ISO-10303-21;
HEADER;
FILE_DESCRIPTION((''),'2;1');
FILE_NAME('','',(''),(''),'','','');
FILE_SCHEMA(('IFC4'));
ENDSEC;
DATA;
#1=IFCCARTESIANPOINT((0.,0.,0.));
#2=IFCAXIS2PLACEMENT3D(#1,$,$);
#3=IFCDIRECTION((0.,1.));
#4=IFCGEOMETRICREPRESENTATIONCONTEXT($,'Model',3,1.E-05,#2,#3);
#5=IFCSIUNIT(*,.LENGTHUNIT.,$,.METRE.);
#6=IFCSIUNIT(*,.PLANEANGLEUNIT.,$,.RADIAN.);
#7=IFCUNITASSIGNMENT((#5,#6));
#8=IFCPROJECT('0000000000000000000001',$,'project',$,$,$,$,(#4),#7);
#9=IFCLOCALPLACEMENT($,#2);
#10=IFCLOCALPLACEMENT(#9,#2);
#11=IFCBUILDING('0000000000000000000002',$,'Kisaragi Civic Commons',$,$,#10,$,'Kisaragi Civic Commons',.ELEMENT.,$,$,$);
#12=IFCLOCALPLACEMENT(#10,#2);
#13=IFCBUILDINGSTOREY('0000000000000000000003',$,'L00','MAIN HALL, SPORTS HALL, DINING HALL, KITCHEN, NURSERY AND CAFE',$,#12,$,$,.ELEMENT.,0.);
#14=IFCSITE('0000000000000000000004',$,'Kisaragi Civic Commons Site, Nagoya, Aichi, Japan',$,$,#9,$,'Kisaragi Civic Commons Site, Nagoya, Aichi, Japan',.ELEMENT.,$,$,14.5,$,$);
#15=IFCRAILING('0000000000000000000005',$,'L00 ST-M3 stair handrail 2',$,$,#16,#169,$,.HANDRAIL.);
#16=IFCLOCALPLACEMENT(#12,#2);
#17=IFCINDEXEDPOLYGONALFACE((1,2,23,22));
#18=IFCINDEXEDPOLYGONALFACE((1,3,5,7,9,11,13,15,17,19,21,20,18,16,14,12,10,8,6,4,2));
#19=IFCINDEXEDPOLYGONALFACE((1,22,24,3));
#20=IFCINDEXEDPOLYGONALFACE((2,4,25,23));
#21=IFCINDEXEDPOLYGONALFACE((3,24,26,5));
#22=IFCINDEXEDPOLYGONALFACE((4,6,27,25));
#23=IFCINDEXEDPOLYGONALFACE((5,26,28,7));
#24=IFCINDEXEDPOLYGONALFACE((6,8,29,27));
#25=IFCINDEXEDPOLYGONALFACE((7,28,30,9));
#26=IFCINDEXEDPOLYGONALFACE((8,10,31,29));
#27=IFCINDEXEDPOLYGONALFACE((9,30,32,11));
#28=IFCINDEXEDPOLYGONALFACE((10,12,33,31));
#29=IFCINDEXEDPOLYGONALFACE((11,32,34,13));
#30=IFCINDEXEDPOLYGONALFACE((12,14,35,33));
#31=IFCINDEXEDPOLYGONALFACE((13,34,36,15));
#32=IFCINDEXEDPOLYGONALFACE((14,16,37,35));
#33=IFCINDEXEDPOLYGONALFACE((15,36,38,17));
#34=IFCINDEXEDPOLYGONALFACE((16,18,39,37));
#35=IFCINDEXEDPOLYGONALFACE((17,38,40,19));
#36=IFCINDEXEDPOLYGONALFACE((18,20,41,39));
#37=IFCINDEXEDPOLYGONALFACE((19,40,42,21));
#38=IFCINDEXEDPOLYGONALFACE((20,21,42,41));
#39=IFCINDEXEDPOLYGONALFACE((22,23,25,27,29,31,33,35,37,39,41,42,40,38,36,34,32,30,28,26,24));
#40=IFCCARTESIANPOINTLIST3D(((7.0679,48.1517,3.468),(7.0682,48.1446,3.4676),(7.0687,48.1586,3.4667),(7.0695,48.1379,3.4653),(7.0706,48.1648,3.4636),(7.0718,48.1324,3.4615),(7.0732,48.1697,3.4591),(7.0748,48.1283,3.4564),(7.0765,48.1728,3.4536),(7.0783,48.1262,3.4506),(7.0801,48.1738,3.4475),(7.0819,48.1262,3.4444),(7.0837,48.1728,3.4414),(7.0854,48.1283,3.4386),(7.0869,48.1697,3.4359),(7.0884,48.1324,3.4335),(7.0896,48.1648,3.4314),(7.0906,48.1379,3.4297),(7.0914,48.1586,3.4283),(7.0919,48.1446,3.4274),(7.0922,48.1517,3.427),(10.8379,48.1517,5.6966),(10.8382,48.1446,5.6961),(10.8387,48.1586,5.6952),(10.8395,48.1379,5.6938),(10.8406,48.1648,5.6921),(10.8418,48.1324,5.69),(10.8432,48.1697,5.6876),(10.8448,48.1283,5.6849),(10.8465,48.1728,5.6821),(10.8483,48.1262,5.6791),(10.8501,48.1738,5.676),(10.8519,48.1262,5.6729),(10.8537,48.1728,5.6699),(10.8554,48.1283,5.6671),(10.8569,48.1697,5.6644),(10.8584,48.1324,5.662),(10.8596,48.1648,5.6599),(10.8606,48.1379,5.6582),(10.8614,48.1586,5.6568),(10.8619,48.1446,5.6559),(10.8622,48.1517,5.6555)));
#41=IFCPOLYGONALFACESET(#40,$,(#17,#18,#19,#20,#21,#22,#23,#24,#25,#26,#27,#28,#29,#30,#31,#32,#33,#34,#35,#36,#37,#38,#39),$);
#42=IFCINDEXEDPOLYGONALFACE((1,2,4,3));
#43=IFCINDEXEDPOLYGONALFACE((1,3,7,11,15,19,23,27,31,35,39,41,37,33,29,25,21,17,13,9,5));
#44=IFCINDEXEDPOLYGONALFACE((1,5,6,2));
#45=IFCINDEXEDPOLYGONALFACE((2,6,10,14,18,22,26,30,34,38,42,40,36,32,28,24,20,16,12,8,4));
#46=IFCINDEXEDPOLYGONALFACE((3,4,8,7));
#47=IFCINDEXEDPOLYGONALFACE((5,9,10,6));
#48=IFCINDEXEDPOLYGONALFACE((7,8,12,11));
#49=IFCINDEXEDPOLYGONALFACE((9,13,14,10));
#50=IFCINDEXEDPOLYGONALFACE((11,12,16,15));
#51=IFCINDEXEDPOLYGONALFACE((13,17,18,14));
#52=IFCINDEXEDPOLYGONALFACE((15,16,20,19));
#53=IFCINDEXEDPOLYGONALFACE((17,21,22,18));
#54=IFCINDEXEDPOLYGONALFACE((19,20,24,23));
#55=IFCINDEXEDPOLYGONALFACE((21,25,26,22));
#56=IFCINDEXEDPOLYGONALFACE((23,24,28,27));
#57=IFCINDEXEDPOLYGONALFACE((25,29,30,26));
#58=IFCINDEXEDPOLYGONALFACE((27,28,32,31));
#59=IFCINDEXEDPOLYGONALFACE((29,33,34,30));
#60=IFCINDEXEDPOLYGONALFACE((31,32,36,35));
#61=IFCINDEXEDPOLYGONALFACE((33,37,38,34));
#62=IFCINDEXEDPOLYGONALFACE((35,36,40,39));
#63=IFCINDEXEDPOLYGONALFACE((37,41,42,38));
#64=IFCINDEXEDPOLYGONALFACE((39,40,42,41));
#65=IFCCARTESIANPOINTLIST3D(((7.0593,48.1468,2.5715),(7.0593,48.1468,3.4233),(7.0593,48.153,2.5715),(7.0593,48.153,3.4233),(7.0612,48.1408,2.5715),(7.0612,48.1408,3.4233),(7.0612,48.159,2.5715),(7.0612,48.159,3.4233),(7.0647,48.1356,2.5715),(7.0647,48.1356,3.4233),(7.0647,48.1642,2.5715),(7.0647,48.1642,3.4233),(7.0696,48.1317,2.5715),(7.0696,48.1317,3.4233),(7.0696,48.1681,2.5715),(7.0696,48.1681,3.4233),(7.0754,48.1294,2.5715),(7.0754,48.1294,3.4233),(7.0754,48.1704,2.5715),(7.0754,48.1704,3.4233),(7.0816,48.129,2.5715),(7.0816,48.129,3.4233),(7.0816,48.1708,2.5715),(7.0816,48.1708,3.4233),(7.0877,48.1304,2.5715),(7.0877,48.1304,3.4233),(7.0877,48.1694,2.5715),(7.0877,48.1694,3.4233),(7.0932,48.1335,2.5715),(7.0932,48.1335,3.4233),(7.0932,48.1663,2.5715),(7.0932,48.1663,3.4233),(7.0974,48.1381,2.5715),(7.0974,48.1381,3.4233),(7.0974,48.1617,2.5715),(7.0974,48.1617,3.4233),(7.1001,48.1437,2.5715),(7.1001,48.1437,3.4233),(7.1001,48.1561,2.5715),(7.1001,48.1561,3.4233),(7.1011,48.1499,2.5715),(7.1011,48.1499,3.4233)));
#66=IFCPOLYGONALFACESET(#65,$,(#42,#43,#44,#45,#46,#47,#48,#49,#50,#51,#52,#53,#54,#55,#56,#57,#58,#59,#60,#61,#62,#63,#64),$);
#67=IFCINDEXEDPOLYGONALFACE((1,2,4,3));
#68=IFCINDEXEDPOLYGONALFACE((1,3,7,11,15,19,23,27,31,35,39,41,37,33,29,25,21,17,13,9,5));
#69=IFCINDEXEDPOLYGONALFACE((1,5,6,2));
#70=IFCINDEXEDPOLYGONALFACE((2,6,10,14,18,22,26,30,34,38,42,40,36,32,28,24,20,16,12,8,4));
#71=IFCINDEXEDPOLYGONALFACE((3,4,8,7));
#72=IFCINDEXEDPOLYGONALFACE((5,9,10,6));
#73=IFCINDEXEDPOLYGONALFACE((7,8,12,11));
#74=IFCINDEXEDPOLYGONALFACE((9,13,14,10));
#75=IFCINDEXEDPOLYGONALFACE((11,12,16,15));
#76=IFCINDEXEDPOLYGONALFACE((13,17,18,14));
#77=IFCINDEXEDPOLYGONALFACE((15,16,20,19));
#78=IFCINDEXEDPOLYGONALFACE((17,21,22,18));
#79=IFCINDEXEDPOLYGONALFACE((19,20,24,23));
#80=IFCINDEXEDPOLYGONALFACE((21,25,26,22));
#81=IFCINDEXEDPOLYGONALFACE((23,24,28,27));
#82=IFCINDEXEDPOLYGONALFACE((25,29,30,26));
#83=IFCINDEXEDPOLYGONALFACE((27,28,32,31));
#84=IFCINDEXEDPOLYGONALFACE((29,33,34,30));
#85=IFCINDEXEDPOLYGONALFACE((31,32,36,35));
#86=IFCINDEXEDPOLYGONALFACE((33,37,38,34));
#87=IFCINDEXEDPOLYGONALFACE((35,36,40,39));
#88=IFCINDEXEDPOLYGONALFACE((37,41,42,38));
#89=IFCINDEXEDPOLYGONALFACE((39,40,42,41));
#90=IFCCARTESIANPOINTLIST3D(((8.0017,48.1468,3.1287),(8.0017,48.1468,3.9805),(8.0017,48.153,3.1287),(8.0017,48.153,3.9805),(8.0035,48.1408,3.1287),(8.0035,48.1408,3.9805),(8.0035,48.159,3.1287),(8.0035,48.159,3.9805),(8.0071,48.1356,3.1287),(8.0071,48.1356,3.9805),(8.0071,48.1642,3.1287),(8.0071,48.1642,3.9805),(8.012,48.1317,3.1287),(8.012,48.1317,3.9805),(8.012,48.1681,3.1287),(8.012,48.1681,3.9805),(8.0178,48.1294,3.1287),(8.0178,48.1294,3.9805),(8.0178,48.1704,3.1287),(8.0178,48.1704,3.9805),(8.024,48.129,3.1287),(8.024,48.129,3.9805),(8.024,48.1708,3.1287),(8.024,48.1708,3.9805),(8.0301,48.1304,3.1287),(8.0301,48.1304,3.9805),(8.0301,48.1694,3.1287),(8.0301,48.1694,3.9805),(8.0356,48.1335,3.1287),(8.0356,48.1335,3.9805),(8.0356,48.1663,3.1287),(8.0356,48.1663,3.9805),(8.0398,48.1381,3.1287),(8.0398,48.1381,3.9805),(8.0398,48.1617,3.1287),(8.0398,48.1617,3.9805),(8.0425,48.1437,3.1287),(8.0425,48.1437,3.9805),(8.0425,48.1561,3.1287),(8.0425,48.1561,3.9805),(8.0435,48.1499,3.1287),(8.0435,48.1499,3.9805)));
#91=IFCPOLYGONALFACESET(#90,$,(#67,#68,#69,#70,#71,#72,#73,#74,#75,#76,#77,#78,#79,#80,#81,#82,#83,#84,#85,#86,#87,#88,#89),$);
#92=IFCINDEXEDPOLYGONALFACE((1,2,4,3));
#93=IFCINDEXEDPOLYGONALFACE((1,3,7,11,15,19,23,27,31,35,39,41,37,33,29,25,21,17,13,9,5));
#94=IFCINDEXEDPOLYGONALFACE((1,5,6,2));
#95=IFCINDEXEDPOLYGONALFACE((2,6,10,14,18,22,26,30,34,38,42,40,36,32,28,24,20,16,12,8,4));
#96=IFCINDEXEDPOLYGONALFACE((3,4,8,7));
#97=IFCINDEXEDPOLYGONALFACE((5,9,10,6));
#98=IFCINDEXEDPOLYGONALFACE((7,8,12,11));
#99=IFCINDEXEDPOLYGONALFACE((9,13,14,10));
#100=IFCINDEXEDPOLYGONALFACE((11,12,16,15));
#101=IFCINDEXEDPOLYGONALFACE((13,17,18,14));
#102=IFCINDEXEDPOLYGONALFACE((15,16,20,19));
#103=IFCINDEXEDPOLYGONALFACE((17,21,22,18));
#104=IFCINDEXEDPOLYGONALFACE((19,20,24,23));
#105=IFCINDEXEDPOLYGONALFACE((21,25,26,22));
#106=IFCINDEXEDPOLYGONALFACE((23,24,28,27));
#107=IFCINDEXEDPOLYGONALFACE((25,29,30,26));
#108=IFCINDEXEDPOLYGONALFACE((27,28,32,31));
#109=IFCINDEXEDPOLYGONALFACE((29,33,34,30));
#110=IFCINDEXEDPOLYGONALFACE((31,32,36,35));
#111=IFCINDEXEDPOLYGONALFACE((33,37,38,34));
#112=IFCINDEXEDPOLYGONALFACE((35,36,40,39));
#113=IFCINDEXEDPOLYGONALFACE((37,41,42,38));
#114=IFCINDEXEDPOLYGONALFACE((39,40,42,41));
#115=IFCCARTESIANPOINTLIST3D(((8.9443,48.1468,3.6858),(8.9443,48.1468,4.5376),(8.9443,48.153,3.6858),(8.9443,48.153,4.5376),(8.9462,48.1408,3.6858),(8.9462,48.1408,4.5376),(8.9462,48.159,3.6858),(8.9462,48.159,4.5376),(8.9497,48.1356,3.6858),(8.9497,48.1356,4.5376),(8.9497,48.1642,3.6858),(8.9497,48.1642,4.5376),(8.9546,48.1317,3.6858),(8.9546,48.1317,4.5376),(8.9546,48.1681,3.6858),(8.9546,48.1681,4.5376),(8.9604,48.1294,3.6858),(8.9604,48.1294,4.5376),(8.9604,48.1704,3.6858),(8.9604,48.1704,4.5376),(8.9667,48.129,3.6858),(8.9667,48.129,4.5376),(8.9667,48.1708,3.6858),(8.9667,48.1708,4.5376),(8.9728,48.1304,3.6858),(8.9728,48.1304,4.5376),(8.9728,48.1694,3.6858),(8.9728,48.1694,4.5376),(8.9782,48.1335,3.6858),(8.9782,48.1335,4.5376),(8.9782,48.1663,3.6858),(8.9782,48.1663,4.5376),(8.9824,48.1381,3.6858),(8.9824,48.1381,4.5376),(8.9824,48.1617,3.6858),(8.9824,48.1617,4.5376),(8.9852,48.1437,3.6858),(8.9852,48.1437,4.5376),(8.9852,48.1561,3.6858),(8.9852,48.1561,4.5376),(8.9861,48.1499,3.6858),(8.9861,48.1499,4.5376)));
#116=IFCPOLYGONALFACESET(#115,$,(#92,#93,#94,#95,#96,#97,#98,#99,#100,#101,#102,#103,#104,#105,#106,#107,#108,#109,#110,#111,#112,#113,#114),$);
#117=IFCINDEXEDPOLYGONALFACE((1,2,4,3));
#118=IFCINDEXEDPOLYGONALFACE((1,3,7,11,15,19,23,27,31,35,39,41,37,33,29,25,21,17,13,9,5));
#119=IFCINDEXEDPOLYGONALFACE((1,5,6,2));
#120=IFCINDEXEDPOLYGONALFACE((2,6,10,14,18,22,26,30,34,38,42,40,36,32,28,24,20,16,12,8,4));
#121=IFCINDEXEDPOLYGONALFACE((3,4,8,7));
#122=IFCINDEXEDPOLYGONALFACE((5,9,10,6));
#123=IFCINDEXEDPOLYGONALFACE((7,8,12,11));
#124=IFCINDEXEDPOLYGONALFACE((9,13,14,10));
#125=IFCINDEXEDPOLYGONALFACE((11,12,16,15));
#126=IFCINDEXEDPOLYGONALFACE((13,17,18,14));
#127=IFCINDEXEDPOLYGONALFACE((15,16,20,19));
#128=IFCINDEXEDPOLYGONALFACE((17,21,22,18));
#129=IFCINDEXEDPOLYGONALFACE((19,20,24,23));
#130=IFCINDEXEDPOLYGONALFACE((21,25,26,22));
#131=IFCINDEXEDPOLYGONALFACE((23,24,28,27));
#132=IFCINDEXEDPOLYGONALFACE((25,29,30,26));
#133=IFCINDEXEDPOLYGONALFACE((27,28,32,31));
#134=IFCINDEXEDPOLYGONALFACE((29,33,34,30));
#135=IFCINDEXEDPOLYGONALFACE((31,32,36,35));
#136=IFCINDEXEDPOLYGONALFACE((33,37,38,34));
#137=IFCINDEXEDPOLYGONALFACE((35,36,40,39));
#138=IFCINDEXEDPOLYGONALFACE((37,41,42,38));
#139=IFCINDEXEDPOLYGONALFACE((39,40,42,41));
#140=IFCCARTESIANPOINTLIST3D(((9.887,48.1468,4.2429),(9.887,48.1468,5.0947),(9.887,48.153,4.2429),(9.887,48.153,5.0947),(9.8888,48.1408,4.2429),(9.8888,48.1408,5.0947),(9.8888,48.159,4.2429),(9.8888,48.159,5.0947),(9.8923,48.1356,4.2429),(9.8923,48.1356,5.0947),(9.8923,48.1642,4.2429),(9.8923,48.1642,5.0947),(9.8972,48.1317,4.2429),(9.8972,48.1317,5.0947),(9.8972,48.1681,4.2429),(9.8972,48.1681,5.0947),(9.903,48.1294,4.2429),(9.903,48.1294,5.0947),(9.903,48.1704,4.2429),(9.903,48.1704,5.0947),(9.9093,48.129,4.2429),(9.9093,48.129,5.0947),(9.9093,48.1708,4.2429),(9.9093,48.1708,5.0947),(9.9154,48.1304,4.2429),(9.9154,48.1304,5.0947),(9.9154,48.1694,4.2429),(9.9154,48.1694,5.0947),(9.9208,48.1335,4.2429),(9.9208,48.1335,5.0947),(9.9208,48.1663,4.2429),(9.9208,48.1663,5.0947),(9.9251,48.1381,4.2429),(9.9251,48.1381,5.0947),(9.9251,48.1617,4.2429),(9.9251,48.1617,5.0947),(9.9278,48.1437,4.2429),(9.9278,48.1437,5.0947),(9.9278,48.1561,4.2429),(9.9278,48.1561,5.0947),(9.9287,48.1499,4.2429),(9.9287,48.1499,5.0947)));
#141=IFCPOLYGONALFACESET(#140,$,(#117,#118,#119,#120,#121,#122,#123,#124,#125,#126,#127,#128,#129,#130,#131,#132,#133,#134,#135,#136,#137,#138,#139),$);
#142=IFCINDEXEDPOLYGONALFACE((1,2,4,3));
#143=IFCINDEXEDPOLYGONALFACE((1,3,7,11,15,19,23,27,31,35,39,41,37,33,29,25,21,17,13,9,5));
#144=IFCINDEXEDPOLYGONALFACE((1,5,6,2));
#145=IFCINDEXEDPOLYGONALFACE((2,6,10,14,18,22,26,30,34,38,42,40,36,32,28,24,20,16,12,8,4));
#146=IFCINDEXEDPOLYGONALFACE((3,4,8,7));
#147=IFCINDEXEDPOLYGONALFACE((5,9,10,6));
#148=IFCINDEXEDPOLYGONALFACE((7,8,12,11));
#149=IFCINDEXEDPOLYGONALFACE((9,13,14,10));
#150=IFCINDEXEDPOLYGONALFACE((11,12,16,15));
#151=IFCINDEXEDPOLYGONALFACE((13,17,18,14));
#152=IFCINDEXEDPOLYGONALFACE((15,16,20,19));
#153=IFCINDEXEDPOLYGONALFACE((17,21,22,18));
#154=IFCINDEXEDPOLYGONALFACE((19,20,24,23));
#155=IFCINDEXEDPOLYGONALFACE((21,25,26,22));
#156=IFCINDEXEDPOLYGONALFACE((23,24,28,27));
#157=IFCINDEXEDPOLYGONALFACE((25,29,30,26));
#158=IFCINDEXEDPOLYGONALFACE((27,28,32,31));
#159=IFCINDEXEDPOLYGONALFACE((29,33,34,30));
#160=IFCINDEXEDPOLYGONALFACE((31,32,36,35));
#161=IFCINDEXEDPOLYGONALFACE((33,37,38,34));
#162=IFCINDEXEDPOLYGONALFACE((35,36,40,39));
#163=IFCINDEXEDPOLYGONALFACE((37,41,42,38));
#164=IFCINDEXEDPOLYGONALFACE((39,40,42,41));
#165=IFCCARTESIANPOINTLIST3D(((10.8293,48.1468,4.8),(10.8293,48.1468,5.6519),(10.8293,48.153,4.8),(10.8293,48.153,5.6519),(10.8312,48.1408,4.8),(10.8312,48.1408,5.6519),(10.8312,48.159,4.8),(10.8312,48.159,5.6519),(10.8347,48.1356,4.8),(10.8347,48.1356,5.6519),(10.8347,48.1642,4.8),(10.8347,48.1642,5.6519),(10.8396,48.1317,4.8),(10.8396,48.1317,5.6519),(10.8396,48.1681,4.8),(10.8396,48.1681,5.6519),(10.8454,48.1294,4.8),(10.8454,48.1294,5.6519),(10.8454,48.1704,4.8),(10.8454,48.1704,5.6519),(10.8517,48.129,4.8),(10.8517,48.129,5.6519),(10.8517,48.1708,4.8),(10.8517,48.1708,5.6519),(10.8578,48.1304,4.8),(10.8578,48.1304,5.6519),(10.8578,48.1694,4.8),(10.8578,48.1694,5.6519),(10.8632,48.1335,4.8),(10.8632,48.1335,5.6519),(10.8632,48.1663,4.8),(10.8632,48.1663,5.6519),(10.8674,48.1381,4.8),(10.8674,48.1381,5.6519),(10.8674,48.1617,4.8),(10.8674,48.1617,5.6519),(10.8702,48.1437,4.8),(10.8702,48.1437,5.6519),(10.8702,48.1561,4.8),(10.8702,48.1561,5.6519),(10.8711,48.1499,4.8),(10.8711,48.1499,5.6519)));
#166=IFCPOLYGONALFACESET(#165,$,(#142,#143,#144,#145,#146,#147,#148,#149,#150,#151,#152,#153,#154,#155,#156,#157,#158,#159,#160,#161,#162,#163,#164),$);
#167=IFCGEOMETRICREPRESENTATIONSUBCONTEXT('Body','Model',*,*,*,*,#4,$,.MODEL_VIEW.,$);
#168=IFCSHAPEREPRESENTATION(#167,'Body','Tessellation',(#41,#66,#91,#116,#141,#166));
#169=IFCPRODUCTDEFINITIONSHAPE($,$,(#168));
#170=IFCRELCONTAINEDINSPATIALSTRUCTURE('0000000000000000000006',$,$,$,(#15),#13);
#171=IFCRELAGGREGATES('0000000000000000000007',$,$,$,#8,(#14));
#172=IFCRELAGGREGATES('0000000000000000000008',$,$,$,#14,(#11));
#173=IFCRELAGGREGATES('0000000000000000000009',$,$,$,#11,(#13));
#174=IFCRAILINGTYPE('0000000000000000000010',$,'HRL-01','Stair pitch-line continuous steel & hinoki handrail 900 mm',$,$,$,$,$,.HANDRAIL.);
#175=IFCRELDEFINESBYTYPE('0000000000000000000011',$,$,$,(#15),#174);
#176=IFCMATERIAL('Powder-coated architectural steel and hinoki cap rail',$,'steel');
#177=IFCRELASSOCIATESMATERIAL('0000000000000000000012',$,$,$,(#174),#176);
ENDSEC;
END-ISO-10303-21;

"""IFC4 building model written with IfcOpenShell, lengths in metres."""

from ifc_helpers import new_model, si_unit, direction, frame, origin, origin_2d, place, context, subcontext, project, spatial, circle, extrude, material, type_object, element, save


model = new_model("IFC4")

# Units and contexts
model_context = context("Model", 3, precision=1e-05, world=origin(), true_north=direction((0.0, 1.0)))
body_context = subcontext(model_context, "Body", "Model", "MODEL_VIEW")
ifc_project = project(units=[si_unit("LENGTHUNIT", "METRE"), si_unit("PLANEANGLEUNIT", "RADIAN")], contexts=[model_context])

# Site, building, storey
site_placement = place(None, origin())
site = spatial("IfcSite", under=ifc_project, at=site_placement, Name="Kisaragi Civic Commons Site, Nagoya, Aichi, Japan", LongName="Kisaragi Civic Commons Site, Nagoya, Aichi, Japan", CompositionType="ELEMENT", RefElevation=14.5)
building_placement = place(site_placement, origin())
building = spatial("IfcBuilding", under=site, at=building_placement, Name="Kisaragi Civic Commons", LongName="Kisaragi Civic Commons", CompositionType="ELEMENT")
storey_placement = place(building_placement, origin())
storey = spatial("IfcBuildingStorey", under=building, at=storey_placement, Name="L00", Description="MAIN HALL, SPORTS HALL, DINING HALL, KITCHEN, NURSERY AND CAFE", CompositionType="ELEMENT", Elevation=0.0)

# Railing
ifc_material_1 = material(Name="Powder-coated architectural steel and hinoki cap rail", Category="steel")
railing_type_1 = type_object("IfcRailingType", Name="HRL-01", Description="Stair pitch-line continuous steel & hinoki handrail 900 mm", PredefinedType="HANDRAIL", material=ifc_material_1)
railing_1_placement = place(storey_placement, frame((7.0801, 48.1499, 2.5715)))
element("IfcRailing", 1, at=railing_1_placement, inside=storey, type_object=railing_type_1, Name="L00 ST-M3 stair handrail 2", PredefinedType="HANDRAIL", context=body_context, shape_type="SweptSolid", body=[
    extrude(circle(Radius=0.0239, at=origin_2d()), frame((0.0, 0.0, 0.876), z_axis=(0.860849, 0.0, 0.508861), x_axis=(0.0, 1.0, 0.0)), (0.0, 0.0, 1.0), 4.3794),
    extrude(circle(Radius=0.021, at=origin_2d()), origin(), (0.0, 0.0, 1.0), 0.8518),
    extrude(circle(Radius=0.021, at=origin_2d()), frame((0.9424, 0.0, 0.5571)), (0.0, 0.0, 1.0), 0.8518),
    extrude(circle(Radius=0.021, at=origin_2d()), frame((1.885, 0.0, 1.1143)), (0.0, 0.0, 1.0), 0.8518),
    extrude(circle(Radius=0.021, at=origin_2d()), frame((2.8276, 0.0, 1.6714)), (0.0, 0.0, 1.0), 0.8518),
    extrude(circle(Radius=0.021, at=origin_2d()), frame((3.77, 0.0, 2.2285)), (0.0, 0.0, 1.0), 0.8518),
])

save(model, "model.ifc")
